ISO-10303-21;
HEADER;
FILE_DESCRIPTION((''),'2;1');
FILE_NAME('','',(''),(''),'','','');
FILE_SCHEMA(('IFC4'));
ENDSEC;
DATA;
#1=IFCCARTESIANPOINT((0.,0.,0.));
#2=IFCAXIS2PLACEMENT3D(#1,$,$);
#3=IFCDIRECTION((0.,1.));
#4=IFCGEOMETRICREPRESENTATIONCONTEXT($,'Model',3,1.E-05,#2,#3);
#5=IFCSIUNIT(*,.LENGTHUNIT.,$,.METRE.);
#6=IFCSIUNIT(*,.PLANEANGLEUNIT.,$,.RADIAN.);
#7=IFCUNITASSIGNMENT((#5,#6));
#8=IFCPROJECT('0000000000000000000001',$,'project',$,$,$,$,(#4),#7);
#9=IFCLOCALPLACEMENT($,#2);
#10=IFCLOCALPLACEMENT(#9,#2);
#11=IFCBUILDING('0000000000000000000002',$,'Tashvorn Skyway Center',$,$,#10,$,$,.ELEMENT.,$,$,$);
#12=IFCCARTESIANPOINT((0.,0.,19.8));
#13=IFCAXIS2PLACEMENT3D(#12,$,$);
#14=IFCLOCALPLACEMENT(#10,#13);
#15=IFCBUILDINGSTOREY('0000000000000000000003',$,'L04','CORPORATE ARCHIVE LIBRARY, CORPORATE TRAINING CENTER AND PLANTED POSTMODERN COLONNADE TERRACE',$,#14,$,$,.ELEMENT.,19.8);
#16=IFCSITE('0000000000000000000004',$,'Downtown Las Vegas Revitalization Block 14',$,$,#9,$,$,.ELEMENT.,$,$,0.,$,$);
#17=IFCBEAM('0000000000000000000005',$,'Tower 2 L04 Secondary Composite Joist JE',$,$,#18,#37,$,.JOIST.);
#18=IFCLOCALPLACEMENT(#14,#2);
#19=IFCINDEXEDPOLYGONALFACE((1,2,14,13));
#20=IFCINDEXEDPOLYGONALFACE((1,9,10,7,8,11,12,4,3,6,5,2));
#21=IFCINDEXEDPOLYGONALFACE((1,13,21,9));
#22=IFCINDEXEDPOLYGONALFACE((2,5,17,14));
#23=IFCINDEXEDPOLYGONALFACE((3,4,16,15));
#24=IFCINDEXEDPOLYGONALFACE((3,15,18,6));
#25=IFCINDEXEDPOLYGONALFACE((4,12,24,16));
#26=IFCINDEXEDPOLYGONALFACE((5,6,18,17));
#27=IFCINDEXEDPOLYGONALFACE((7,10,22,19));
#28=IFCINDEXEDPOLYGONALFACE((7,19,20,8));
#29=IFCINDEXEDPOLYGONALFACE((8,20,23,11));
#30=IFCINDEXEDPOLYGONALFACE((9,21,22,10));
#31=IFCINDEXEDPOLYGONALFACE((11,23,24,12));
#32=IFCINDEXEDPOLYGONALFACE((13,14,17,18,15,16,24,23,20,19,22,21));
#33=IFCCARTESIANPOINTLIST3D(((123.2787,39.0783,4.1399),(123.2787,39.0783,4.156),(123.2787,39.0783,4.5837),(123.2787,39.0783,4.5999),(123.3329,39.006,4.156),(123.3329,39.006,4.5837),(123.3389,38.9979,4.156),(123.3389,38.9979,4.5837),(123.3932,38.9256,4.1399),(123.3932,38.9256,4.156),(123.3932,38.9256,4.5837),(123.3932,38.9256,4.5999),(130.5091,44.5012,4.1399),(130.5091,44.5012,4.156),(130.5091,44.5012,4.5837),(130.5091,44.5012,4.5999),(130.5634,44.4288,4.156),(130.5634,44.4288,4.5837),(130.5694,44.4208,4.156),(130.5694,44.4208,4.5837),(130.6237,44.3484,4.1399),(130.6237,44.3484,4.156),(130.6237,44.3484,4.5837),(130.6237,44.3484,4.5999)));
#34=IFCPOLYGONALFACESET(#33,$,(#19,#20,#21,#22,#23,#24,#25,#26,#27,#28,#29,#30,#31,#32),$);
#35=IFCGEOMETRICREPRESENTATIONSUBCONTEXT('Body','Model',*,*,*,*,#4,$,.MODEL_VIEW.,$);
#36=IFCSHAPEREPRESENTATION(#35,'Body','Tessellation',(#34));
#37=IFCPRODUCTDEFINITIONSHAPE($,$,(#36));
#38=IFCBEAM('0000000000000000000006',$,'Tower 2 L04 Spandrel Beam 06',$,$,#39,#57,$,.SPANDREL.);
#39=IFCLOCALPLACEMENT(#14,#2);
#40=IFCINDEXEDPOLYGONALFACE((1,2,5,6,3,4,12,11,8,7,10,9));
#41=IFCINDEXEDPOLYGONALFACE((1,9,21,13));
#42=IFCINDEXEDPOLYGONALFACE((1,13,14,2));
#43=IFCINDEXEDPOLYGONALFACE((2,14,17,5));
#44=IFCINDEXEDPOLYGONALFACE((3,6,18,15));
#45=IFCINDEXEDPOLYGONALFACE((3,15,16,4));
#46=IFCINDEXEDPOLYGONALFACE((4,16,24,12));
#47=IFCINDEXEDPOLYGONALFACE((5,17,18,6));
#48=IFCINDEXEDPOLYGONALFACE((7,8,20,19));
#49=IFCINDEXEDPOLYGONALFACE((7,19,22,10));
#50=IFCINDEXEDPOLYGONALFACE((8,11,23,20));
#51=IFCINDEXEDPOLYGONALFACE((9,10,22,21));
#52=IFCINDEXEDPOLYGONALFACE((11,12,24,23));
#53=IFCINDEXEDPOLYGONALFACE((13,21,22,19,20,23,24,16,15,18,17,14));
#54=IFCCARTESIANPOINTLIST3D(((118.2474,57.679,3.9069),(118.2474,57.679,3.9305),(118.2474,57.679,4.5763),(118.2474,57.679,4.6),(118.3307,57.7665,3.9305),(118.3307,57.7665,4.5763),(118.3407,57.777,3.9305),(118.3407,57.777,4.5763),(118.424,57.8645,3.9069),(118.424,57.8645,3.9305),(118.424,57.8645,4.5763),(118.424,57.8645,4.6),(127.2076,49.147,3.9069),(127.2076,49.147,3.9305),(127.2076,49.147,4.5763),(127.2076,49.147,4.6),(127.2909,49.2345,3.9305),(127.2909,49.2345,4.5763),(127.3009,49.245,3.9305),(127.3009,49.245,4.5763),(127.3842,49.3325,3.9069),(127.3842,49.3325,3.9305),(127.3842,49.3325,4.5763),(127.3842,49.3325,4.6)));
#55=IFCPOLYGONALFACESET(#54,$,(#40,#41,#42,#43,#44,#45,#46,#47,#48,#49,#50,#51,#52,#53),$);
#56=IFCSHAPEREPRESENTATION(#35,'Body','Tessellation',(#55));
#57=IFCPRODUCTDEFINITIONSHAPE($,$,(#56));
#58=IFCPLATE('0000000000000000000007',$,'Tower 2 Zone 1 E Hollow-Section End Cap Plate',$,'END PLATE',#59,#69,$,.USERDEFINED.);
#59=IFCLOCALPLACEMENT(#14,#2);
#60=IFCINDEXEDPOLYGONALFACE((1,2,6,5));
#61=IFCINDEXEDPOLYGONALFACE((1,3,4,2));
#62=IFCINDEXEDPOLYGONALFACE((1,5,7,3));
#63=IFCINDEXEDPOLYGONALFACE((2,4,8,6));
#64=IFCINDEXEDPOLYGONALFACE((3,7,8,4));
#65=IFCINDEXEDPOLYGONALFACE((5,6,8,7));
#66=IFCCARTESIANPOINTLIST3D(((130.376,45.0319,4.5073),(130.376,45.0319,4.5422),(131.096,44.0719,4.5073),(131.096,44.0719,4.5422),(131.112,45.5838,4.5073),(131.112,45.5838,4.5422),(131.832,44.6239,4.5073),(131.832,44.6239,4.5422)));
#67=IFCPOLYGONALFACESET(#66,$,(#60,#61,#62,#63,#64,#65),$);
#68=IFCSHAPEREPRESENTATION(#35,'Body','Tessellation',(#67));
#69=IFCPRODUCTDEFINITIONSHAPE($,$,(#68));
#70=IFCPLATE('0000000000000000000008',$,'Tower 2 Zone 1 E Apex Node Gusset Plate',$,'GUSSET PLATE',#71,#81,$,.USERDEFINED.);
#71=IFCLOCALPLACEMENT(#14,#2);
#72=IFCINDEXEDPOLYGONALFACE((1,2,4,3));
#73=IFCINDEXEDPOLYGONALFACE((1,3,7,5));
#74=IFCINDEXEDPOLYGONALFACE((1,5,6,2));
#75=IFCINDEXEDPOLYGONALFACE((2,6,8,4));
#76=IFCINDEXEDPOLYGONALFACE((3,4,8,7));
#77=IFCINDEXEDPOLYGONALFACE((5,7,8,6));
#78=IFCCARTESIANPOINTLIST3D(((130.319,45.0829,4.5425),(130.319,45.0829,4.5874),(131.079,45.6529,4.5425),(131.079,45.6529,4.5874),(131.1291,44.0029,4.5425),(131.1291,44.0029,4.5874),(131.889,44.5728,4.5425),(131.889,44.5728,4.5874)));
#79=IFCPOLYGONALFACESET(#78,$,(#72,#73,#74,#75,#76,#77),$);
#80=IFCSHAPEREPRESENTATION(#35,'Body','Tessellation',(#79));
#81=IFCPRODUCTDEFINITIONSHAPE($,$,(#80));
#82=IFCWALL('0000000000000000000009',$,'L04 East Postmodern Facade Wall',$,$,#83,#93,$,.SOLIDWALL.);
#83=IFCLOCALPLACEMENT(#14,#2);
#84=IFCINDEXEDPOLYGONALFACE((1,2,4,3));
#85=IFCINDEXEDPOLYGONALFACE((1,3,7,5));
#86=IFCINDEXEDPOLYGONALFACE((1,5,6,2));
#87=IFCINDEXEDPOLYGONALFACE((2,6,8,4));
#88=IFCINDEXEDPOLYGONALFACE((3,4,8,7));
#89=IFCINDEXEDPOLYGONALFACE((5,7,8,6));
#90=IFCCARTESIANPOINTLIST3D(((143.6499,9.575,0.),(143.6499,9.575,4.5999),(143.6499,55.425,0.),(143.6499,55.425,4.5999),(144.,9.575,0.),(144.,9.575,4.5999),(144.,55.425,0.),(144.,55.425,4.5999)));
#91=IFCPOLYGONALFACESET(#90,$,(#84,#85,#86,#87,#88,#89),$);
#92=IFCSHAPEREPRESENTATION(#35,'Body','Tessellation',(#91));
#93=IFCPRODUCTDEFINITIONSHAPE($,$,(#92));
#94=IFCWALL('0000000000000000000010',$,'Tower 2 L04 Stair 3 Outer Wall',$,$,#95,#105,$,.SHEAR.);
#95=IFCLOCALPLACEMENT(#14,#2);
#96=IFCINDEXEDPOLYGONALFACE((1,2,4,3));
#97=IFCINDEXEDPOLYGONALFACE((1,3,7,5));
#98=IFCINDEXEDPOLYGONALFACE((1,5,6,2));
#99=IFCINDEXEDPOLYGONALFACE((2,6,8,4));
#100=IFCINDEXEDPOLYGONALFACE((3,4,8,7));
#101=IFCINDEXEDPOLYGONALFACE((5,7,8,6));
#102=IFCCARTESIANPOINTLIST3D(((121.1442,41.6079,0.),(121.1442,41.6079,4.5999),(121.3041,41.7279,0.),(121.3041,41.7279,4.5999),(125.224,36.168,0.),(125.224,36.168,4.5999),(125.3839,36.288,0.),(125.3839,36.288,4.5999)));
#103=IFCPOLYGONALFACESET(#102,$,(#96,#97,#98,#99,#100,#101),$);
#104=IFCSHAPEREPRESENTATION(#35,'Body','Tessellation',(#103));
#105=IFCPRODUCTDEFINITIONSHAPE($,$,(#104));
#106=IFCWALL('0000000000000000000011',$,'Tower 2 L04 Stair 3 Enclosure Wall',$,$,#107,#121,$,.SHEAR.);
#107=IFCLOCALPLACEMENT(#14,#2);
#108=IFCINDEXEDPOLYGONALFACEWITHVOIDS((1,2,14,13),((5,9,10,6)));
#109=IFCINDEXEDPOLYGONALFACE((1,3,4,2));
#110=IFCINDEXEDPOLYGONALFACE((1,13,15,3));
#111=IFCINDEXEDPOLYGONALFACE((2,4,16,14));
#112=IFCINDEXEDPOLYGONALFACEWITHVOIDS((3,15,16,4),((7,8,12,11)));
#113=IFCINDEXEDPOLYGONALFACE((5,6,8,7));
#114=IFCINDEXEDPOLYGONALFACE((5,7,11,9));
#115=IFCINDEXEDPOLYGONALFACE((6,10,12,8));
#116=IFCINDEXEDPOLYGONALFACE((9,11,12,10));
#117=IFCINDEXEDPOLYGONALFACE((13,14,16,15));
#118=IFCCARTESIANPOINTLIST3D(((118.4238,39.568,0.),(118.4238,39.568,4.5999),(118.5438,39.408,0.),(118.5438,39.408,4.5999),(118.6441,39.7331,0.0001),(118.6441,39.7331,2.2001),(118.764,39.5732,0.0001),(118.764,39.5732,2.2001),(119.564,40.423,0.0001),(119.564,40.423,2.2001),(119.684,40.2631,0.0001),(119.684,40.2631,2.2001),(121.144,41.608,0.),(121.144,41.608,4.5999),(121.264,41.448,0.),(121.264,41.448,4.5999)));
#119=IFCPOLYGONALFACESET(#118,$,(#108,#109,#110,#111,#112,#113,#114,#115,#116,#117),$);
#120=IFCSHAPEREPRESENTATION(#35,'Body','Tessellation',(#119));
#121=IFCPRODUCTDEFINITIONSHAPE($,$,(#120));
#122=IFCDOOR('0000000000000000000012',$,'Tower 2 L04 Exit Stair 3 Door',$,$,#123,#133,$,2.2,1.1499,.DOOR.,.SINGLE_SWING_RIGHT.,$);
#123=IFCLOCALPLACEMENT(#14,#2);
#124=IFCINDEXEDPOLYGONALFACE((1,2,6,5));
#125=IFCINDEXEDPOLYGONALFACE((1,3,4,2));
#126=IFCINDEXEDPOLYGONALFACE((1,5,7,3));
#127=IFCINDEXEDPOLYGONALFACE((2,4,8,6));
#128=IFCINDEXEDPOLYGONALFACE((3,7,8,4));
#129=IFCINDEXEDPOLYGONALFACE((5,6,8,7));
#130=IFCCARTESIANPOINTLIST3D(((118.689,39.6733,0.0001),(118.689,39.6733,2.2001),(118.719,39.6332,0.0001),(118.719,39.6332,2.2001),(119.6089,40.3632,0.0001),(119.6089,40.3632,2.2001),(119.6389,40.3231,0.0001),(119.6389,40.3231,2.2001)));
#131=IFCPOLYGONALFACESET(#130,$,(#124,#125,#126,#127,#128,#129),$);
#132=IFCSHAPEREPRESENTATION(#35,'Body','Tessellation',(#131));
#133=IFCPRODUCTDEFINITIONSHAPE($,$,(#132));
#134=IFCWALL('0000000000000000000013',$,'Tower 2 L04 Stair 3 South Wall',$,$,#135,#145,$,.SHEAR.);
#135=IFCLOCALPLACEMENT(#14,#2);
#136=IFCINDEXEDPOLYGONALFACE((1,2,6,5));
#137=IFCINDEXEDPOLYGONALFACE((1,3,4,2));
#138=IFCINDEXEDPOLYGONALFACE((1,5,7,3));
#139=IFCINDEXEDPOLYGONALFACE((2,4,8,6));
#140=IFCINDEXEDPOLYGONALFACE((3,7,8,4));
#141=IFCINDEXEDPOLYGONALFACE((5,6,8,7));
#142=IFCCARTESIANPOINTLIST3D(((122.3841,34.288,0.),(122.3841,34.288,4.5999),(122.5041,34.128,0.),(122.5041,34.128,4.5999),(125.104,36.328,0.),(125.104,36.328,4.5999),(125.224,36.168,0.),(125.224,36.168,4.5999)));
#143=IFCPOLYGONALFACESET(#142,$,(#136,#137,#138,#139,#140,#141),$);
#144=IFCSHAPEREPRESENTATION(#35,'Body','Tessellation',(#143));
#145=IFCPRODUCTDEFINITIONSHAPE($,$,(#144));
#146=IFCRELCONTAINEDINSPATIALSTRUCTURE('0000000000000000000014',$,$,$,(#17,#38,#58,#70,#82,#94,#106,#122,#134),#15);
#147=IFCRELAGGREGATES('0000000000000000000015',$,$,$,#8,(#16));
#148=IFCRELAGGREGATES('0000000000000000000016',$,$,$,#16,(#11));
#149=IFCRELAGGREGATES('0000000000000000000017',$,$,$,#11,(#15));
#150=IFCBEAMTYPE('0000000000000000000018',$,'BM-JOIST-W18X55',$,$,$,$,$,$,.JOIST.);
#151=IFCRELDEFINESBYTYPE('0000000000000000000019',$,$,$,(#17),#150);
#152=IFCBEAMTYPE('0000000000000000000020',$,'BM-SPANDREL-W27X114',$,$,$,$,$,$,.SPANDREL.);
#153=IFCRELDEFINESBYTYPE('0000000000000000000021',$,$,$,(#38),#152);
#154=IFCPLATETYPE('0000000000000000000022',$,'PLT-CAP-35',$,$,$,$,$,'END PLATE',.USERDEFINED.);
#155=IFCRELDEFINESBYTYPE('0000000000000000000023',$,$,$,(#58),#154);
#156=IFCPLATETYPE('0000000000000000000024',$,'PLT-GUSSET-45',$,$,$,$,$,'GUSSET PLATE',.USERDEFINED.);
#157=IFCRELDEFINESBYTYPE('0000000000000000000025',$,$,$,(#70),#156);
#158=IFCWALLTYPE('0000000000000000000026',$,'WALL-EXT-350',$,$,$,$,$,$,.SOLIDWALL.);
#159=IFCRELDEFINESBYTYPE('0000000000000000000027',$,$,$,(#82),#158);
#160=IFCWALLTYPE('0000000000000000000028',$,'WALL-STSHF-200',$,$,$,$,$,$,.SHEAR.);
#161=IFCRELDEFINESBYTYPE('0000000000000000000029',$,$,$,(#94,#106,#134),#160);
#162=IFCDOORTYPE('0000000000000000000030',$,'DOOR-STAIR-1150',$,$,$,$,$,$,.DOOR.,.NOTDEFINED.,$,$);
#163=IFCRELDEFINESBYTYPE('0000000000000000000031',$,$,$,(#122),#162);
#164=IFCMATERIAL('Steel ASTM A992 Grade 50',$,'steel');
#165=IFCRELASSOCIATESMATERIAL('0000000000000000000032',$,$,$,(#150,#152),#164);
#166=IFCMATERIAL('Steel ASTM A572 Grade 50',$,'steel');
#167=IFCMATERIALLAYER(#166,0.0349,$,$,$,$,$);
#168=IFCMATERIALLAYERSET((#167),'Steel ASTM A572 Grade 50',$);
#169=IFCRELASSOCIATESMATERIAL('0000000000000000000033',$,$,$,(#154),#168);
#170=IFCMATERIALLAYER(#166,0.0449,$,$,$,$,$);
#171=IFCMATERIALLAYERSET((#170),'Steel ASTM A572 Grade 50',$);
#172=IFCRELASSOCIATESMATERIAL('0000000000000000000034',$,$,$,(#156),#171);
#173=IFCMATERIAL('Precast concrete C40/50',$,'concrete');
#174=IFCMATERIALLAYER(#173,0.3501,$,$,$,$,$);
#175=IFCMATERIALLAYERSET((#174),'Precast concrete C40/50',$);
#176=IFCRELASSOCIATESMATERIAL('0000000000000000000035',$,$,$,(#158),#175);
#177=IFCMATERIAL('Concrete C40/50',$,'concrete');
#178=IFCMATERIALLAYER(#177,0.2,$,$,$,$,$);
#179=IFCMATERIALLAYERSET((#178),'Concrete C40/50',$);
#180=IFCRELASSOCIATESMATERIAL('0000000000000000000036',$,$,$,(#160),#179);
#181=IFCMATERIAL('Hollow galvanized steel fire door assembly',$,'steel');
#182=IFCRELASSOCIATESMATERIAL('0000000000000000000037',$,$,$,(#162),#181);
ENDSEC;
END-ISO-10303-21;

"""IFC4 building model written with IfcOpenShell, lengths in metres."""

from ifc_helpers import new_model, si_unit, direction, frame, frame_2d, origin, origin_2d, place, context, subcontext, project, spatial, rectangle, i_section, extrude, material, layer, layer_set, material_profile, profile_set, type_object, element, fill, save


model = new_model("IFC4")

# Units and contexts
model_context = context("Model", 3, precision=1e-05, world=origin(), true_north=direction((0.0, 1.0)))
body_context = subcontext(model_context, "Body", "Model", "MODEL_VIEW")
ifc_project = project(units=[si_unit("LENGTHUNIT", "METRE"), si_unit("PLANEANGLEUNIT", "RADIAN")], contexts=[model_context])

# Site, building, storey
site_placement = place(None, origin())
site = spatial("IfcSite", under=ifc_project, at=site_placement, Name="Downtown Las Vegas Revitalization Block 14", CompositionType="ELEMENT", RefElevation=0.0)
building_placement = place(site_placement, origin())
building = spatial("IfcBuilding", under=site, at=building_placement, Name="Tashvorn Skyway Center", CompositionType="ELEMENT")
storey_placement = place(building_placement, frame((0.0, 0.0, 19.8)))
storey = spatial("IfcBuildingStorey", under=building, at=storey_placement, Name="L04", Description="CORPORATE ARCHIVE LIBRARY, CORPORATE TRAINING CENTER AND PLANTED POSTMODERN COLONNADE TERRACE", CompositionType="ELEMENT", Elevation=19.8)

# Shared definitions
ifc_material_1 = material(Name="Steel ASTM A572 Grade 50", Category="steel")

# Beams
ifc_material_2 = material(Name="Steel ASTM A992 Grade 50", Category="steel")
ifc_material_profile_1 = material_profile(ifc_material_2, i_section(OverallWidth=0.1909, OverallDepth=0.46, WebThickness=0.01, FlangeThickness=0.0161, at=origin_2d()), Name="W18X55")
ifc_profile_set_1 = profile_set([ifc_material_profile_1], Name="Steel ASTM A992 Grade 50")
beam_type_1 = type_object("IfcBeamType", Name="BM-JOIST-W18X55", PredefinedType="JOIST", material=ifc_profile_set_1)
beam_1_placement = place(storey_placement, frame((123.3359, 39.002, 4.3699), z_axis=(0.8, 0.6, 0.0), x_axis=(-0.6, 0.8, 0.0)))
element("IfcBeam", 1, at=beam_1_placement, inside=storey, type_object=beam_type_1, Name="Tower 2 L04 Secondary Composite Joist JE", PredefinedType="JOIST", context=body_context, shape_type="SweptSolid", body=[
    extrude(i_section(OverallWidth=0.1909, OverallDepth=0.46, WebThickness=0.01, FlangeThickness=0.0161, at=origin_2d()), origin(), (0.0, 0.0, 1.0), 9.0381),
])
ifc_material_profile_2 = material_profile(ifc_material_2, i_section(OverallWidth=0.2561, OverallDepth=0.6931, WebThickness=0.0144, FlangeThickness=0.0237, at=origin_2d()), Name="W27X114")
ifc_profile_set_2 = profile_set([ifc_material_profile_2], Name="Steel ASTM A992 Grade 50")
beam_type_2 = type_object("IfcBeamType", Name="BM-SPANDREL-W27X114", PredefinedType="SPANDREL", material=ifc_profile_set_2)
beam_2_placement = place(storey_placement, frame((127.2959, 49.2397, 4.2534), z_axis=(-0.7242, 0.68959, 0.0), x_axis=(-0.68959, -0.7242, 0.0)))
element("IfcBeam", 2, at=beam_2_placement, inside=storey, type_object=beam_type_2, Name="Tower 2 L04 Spandrel Beam 06", PredefinedType="SPANDREL", context=body_context, shape_type="SweptSolid", body=[
    extrude(i_section(OverallWidth=0.2561, OverallDepth=0.6931, WebThickness=0.0144, FlangeThickness=0.0237, at=origin_2d()), origin(), (0.0, 0.0, 1.0), 12.3726),
])

# Plates
ifc_layer_1 = layer(ifc_material_1, 0.0349)
ifc_layer_set_1 = layer_set([ifc_layer_1], Name="Steel ASTM A572 Grade 50")
plate_type_1 = type_object("IfcPlateType", Name="PLT-CAP-35", ElementType="END PLATE", PredefinedType="USERDEFINED", material=ifc_layer_set_1)
plate_1_placement = place(storey_placement, frame((131.104, 44.8279, 4.5073), z_axis=(0.0, 0.0, 1.0), x_axis=(-0.6, 0.8, 0.0)))
element("IfcPlate", 3, at=plate_1_placement, inside=storey, type_object=plate_type_1, Name="Tower 2 Zone 1 E Hollow-Section End Cap Plate", ObjectType="END PLATE", PredefinedType="USERDEFINED", context=body_context, shape_type="SweptSolid", body=[
    extrude(rectangle(XDim=1.2, YDim=0.9199, at=origin_2d()), origin(), (0.0, 0.0, 1.0), 0.0349),
])
ifc_layer_2 = layer(ifc_material_1, 0.0449)
ifc_layer_set_2 = layer_set([ifc_layer_2], Name="Steel ASTM A572 Grade 50")
plate_type_2 = type_object("IfcPlateType", Name="PLT-GUSSET-45", ElementType="GUSSET PLATE", PredefinedType="USERDEFINED", material=ifc_layer_set_2)
plate_2_placement = place(storey_placement, frame((131.104, 44.8279, 4.5425), z_axis=(0.0, 0.0, 1.0), x_axis=(-0.6, 0.8, 0.0)))
element("IfcPlate", 4, at=plate_2_placement, inside=storey, type_object=plate_type_2, Name="Tower 2 Zone 1 E Apex Node Gusset Plate", ObjectType="GUSSET PLATE", PredefinedType="USERDEFINED", context=body_context, shape_type="SweptSolid", body=[
    extrude(rectangle(XDim=1.3501, YDim=0.95, at=origin_2d()), origin(), (0.0, 0.0, 1.0), 0.0449),
])

# Walls
ifc_material_3 = material(Name="Precast concrete C40/50", Category="concrete")
ifc_layer_3 = layer(ifc_material_3, 0.3501)
ifc_layer_set_3 = layer_set([ifc_layer_3], Name="Precast concrete C40/50")
wall_type_1 = type_object("IfcWallType", Name="WALL-EXT-350", PredefinedType="SOLIDWALL", material=ifc_layer_set_3)
wall_1_placement = place(storey_placement, frame((143.825, 55.425, 0.0), z_axis=(0.0, 0.0, 1.0), x_axis=(0.0, -1.0, 0.0)))
element("IfcWall", 5, at=wall_1_placement, inside=storey, type_object=wall_type_1, Name="L04 East Postmodern Facade Wall", PredefinedType="SOLIDWALL", context=body_context, shape_type="SweptSolid", body=[
    extrude(rectangle(XDim=45.8501, YDim=0.3501, at=frame_2d((22.925, 0.0))), origin(), (0.0, 0.0, 1.0), 4.5999),
])
ifc_material_4 = material(Name="Concrete C40/50", Category="concrete")
ifc_layer_4 = layer(ifc_material_4, 0.2)
ifc_layer_set_4 = layer_set([ifc_layer_4], Name="Concrete C40/50")
wall_type_2 = type_object("IfcWallType", Name="WALL-STSHF-200", PredefinedType="SHEAR", material=ifc_layer_set_4)
wall_2_placement = place(storey_placement, frame((125.304, 36.228, 0.0), z_axis=(0.0, 0.0, 1.0), x_axis=(-0.599989, 0.800009, 0.0)))
element("IfcWall", 6, at=wall_2_placement, inside=storey, type_object=wall_type_2, Name="Tower 2 L04 Stair 3 Outer Wall", PredefinedType="SHEAR", context=body_context, shape_type="SweptSolid", body=[
    extrude(rectangle(XDim=6.7998, YDim=0.2, at=frame_2d((3.3999, 0.0))), origin(), (0.0, 0.0, 1.0), 4.5999),
])

# Wall, opening, door
wall_3_placement = place(storey_placement, frame((121.2041, 41.5281, 0.0), z_axis=(0.0, 0.0, 1.0), x_axis=(-0.800017, -0.599977, 0.0)))
wall_3 = element("IfcWall", 7, at=wall_3_placement, inside=storey, type_object=wall_type_2, Name="Tower 2 L04 Stair 3 Enclosure Wall", PredefinedType="SHEAR", context=body_context, shape_type="SweptSolid", body=[
    extrude(rectangle(XDim=3.4001, YDim=0.2, at=frame_2d((1.7002, 0.0))), origin(), (0.0, 0.0, 1.0), 4.5999),
])
opening_placement = place(wall_3_placement, frame((1.9751, 0.0, 0.0)))
opening = element("IfcOpeningElement", 8, at=opening_placement, cuts=wall_3, PredefinedType="OPENING", context=body_context, shape_type="SweptSolid", body=[
    extrude(rectangle(XDim=1.1499, YDim=2.2, at=frame_2d((0.575, 1.1001))), frame((0.0, 0.1099, 0.0), z_axis=(0.0, -1.0, 0.0), x_axis=(1.0, 0.0, 0.0)), (0.0, 0.0, 1.0), 0.22),
])
ifc_material_5 = material(Name="Hollow galvanized steel fire door assembly", Category="steel")
door_type = type_object("IfcDoorType", Name="DOOR-STAIR-1150", OperationType="NOTDEFINED", PredefinedType="DOOR", material=ifc_material_5)
door_placement = place(opening_placement, origin())
door = element("IfcDoor", 9, at=door_placement, inside=storey, type_object=door_type, Name="Tower 2 L04 Exit Stair 3 Door", OperationType="SINGLE_SWING_RIGHT", OverallHeight=2.2, OverallWidth=1.1499, PredefinedType="DOOR", context=body_context, shape_type="SweptSolid", body=[
    extrude(rectangle(XDim=1.1499, YDim=2.2, at=frame_2d((0.575, 1.1001))), frame((0.0, 0.0249, 0.0), z_axis=(0.0, -1.0, 0.0), x_axis=(1.0, 0.0, 0.0)), (0.0, 0.0, 1.0), 0.05),
])
fill(opening, door)

# Wall
wall_4_placement = place(storey_placement, frame((122.4441, 34.208, 0.0), z_axis=(0.0, 0.0, 1.0), x_axis=(0.799991, 0.600011, 0.0)))
element("IfcWall", 10, at=wall_4_placement, inside=storey, type_object=wall_type_2, Name="Tower 2 L04 Stair 3 South Wall", PredefinedType="SHEAR", context=body_context, shape_type="SweptSolid", body=[
    extrude(rectangle(XDim=3.3999, YDim=0.2, at=frame_2d((1.7, 0.0))), origin(), (0.0, 0.0, 1.0), 4.5999),
])

save(model, "model.ifc")
